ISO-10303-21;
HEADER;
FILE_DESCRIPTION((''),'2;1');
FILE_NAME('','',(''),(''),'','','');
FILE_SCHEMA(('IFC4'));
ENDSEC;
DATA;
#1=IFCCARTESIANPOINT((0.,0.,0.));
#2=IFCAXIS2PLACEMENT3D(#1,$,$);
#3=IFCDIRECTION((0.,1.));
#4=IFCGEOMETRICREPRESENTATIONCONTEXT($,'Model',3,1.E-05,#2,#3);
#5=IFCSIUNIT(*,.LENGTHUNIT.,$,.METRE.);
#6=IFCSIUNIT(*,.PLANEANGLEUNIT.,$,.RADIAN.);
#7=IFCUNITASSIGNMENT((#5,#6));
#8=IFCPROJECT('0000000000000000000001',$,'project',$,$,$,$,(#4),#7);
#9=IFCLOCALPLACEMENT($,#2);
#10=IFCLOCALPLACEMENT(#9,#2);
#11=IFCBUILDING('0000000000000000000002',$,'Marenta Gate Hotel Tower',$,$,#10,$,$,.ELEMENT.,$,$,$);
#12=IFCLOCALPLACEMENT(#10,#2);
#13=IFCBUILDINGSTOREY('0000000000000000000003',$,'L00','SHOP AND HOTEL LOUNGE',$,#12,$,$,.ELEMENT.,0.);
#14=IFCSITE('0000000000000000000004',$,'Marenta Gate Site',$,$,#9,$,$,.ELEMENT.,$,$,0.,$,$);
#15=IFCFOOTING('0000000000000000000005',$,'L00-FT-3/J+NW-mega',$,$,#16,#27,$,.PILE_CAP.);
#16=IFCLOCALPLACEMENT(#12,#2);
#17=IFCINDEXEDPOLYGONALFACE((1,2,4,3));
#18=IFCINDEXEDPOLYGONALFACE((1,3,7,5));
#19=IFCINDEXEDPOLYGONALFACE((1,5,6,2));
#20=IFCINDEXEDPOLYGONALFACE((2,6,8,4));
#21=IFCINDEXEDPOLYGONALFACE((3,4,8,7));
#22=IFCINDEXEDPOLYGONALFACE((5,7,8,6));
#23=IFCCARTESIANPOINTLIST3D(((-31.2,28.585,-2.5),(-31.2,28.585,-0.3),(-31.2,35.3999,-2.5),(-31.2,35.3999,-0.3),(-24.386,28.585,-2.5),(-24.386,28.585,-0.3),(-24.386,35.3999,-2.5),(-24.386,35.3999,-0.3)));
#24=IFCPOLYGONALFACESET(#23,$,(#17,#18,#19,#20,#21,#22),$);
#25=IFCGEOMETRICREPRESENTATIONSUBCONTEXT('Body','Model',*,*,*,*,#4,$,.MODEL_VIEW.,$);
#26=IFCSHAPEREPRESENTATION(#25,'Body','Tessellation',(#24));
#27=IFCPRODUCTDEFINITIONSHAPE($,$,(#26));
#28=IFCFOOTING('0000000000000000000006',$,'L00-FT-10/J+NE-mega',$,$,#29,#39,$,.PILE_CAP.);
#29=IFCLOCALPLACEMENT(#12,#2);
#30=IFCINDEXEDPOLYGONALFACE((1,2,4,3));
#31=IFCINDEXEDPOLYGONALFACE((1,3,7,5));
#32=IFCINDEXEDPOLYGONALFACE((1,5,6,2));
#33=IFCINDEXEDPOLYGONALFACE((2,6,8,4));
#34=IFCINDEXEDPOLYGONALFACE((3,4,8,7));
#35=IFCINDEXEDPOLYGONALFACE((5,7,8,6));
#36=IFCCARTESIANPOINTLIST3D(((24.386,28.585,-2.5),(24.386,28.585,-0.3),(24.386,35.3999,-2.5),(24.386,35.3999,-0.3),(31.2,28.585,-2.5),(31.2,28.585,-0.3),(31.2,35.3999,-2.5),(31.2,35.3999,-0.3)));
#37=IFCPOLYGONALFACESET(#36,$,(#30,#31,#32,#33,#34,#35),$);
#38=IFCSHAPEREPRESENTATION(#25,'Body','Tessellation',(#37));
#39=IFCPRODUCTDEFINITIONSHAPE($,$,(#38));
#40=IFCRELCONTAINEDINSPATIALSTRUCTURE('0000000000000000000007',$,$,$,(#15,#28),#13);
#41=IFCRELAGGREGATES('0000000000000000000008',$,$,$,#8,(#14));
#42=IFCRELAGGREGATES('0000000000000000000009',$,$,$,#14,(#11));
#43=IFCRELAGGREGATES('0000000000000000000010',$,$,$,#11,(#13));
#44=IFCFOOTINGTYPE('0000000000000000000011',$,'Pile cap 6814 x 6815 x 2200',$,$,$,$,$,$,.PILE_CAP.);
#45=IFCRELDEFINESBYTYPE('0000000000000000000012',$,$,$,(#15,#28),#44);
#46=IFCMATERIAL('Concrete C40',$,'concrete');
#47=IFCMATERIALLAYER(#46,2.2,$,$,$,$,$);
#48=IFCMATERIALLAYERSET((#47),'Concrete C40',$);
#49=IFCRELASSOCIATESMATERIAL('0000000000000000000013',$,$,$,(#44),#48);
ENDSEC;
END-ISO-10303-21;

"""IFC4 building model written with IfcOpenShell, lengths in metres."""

from ifc_helpers import new_model, si_unit, direction, frame, origin, place, context, subcontext, project, spatial, polyline, outline, extrude, material, layer, layer_set, type_object, element, save


model = new_model("IFC4")

# Units and contexts
model_context = context("Model", 3, precision=1e-05, world=origin(), true_north=direction((0.0, 1.0)))
body_context = subcontext(model_context, "Body", "Model", "MODEL_VIEW")
ifc_project = project(units=[si_unit("LENGTHUNIT", "METRE"), si_unit("PLANEANGLEUNIT", "RADIAN")], contexts=[model_context])

# Site, building, storey
site_placement = place(None, origin())
site = spatial("IfcSite", under=ifc_project, at=site_placement, Name="Marenta Gate Site", CompositionType="ELEMENT", RefElevation=0.0)
building_placement = place(site_placement, origin())
building = spatial("IfcBuilding", under=site, at=building_placement, Name="Marenta Gate Hotel Tower", CompositionType="ELEMENT")
storey_placement = place(building_placement, origin())
storey = spatial("IfcBuildingStorey", under=building, at=storey_placement, Name="L00", Description="SHOP AND HOTEL LOUNGE", CompositionType="ELEMENT", Elevation=0.0)

# Footings
ifc_material_1 = material(Name="Concrete C40", Category="concrete")
ifc_layer_1 = layer(ifc_material_1, 2.2)
ifc_layer_set_1 = layer_set([ifc_layer_1], Name="Concrete C40")
footing_type_1 = type_object("IfcFootingType", Name="Pile cap 6814 x 6815 x 2200", PredefinedType="PILE_CAP", material=ifc_layer_set_1)
footing_1_placement = place(storey_placement, frame((0.0, 0.0, -2.5)))
element("IfcFooting", 1, at=footing_1_placement, inside=storey, type_object=footing_type_1, Name="L00-FT-3/J+NW-mega", PredefinedType="PILE_CAP", context=body_context, shape_type="SweptSolid", body=[
    extrude(outline(polyline([(-31.2, 28.585), (-24.386, 28.585), (-24.386, 35.3999), (-31.2, 35.3999), (-31.2, 28.585)])), origin(), (0.0, 0.0, 1.0), 2.2),
])
footing_2_placement = place(storey_placement, frame((0.0, 0.0, -2.5)))
element("IfcFooting", 2, at=footing_2_placement, inside=storey, type_object=footing_type_1, Name="L00-FT-10/J+NE-mega", PredefinedType="PILE_CAP", context=body_context, shape_type="SweptSolid", body=[
    extrude(outline(polyline([(24.386, 28.585), (31.2, 28.585), (31.2, 35.3999), (24.386, 35.3999), (24.386, 28.585)])), origin(), (0.0, 0.0, 1.0), 2.2),
])

save(model, "model.ifc")
